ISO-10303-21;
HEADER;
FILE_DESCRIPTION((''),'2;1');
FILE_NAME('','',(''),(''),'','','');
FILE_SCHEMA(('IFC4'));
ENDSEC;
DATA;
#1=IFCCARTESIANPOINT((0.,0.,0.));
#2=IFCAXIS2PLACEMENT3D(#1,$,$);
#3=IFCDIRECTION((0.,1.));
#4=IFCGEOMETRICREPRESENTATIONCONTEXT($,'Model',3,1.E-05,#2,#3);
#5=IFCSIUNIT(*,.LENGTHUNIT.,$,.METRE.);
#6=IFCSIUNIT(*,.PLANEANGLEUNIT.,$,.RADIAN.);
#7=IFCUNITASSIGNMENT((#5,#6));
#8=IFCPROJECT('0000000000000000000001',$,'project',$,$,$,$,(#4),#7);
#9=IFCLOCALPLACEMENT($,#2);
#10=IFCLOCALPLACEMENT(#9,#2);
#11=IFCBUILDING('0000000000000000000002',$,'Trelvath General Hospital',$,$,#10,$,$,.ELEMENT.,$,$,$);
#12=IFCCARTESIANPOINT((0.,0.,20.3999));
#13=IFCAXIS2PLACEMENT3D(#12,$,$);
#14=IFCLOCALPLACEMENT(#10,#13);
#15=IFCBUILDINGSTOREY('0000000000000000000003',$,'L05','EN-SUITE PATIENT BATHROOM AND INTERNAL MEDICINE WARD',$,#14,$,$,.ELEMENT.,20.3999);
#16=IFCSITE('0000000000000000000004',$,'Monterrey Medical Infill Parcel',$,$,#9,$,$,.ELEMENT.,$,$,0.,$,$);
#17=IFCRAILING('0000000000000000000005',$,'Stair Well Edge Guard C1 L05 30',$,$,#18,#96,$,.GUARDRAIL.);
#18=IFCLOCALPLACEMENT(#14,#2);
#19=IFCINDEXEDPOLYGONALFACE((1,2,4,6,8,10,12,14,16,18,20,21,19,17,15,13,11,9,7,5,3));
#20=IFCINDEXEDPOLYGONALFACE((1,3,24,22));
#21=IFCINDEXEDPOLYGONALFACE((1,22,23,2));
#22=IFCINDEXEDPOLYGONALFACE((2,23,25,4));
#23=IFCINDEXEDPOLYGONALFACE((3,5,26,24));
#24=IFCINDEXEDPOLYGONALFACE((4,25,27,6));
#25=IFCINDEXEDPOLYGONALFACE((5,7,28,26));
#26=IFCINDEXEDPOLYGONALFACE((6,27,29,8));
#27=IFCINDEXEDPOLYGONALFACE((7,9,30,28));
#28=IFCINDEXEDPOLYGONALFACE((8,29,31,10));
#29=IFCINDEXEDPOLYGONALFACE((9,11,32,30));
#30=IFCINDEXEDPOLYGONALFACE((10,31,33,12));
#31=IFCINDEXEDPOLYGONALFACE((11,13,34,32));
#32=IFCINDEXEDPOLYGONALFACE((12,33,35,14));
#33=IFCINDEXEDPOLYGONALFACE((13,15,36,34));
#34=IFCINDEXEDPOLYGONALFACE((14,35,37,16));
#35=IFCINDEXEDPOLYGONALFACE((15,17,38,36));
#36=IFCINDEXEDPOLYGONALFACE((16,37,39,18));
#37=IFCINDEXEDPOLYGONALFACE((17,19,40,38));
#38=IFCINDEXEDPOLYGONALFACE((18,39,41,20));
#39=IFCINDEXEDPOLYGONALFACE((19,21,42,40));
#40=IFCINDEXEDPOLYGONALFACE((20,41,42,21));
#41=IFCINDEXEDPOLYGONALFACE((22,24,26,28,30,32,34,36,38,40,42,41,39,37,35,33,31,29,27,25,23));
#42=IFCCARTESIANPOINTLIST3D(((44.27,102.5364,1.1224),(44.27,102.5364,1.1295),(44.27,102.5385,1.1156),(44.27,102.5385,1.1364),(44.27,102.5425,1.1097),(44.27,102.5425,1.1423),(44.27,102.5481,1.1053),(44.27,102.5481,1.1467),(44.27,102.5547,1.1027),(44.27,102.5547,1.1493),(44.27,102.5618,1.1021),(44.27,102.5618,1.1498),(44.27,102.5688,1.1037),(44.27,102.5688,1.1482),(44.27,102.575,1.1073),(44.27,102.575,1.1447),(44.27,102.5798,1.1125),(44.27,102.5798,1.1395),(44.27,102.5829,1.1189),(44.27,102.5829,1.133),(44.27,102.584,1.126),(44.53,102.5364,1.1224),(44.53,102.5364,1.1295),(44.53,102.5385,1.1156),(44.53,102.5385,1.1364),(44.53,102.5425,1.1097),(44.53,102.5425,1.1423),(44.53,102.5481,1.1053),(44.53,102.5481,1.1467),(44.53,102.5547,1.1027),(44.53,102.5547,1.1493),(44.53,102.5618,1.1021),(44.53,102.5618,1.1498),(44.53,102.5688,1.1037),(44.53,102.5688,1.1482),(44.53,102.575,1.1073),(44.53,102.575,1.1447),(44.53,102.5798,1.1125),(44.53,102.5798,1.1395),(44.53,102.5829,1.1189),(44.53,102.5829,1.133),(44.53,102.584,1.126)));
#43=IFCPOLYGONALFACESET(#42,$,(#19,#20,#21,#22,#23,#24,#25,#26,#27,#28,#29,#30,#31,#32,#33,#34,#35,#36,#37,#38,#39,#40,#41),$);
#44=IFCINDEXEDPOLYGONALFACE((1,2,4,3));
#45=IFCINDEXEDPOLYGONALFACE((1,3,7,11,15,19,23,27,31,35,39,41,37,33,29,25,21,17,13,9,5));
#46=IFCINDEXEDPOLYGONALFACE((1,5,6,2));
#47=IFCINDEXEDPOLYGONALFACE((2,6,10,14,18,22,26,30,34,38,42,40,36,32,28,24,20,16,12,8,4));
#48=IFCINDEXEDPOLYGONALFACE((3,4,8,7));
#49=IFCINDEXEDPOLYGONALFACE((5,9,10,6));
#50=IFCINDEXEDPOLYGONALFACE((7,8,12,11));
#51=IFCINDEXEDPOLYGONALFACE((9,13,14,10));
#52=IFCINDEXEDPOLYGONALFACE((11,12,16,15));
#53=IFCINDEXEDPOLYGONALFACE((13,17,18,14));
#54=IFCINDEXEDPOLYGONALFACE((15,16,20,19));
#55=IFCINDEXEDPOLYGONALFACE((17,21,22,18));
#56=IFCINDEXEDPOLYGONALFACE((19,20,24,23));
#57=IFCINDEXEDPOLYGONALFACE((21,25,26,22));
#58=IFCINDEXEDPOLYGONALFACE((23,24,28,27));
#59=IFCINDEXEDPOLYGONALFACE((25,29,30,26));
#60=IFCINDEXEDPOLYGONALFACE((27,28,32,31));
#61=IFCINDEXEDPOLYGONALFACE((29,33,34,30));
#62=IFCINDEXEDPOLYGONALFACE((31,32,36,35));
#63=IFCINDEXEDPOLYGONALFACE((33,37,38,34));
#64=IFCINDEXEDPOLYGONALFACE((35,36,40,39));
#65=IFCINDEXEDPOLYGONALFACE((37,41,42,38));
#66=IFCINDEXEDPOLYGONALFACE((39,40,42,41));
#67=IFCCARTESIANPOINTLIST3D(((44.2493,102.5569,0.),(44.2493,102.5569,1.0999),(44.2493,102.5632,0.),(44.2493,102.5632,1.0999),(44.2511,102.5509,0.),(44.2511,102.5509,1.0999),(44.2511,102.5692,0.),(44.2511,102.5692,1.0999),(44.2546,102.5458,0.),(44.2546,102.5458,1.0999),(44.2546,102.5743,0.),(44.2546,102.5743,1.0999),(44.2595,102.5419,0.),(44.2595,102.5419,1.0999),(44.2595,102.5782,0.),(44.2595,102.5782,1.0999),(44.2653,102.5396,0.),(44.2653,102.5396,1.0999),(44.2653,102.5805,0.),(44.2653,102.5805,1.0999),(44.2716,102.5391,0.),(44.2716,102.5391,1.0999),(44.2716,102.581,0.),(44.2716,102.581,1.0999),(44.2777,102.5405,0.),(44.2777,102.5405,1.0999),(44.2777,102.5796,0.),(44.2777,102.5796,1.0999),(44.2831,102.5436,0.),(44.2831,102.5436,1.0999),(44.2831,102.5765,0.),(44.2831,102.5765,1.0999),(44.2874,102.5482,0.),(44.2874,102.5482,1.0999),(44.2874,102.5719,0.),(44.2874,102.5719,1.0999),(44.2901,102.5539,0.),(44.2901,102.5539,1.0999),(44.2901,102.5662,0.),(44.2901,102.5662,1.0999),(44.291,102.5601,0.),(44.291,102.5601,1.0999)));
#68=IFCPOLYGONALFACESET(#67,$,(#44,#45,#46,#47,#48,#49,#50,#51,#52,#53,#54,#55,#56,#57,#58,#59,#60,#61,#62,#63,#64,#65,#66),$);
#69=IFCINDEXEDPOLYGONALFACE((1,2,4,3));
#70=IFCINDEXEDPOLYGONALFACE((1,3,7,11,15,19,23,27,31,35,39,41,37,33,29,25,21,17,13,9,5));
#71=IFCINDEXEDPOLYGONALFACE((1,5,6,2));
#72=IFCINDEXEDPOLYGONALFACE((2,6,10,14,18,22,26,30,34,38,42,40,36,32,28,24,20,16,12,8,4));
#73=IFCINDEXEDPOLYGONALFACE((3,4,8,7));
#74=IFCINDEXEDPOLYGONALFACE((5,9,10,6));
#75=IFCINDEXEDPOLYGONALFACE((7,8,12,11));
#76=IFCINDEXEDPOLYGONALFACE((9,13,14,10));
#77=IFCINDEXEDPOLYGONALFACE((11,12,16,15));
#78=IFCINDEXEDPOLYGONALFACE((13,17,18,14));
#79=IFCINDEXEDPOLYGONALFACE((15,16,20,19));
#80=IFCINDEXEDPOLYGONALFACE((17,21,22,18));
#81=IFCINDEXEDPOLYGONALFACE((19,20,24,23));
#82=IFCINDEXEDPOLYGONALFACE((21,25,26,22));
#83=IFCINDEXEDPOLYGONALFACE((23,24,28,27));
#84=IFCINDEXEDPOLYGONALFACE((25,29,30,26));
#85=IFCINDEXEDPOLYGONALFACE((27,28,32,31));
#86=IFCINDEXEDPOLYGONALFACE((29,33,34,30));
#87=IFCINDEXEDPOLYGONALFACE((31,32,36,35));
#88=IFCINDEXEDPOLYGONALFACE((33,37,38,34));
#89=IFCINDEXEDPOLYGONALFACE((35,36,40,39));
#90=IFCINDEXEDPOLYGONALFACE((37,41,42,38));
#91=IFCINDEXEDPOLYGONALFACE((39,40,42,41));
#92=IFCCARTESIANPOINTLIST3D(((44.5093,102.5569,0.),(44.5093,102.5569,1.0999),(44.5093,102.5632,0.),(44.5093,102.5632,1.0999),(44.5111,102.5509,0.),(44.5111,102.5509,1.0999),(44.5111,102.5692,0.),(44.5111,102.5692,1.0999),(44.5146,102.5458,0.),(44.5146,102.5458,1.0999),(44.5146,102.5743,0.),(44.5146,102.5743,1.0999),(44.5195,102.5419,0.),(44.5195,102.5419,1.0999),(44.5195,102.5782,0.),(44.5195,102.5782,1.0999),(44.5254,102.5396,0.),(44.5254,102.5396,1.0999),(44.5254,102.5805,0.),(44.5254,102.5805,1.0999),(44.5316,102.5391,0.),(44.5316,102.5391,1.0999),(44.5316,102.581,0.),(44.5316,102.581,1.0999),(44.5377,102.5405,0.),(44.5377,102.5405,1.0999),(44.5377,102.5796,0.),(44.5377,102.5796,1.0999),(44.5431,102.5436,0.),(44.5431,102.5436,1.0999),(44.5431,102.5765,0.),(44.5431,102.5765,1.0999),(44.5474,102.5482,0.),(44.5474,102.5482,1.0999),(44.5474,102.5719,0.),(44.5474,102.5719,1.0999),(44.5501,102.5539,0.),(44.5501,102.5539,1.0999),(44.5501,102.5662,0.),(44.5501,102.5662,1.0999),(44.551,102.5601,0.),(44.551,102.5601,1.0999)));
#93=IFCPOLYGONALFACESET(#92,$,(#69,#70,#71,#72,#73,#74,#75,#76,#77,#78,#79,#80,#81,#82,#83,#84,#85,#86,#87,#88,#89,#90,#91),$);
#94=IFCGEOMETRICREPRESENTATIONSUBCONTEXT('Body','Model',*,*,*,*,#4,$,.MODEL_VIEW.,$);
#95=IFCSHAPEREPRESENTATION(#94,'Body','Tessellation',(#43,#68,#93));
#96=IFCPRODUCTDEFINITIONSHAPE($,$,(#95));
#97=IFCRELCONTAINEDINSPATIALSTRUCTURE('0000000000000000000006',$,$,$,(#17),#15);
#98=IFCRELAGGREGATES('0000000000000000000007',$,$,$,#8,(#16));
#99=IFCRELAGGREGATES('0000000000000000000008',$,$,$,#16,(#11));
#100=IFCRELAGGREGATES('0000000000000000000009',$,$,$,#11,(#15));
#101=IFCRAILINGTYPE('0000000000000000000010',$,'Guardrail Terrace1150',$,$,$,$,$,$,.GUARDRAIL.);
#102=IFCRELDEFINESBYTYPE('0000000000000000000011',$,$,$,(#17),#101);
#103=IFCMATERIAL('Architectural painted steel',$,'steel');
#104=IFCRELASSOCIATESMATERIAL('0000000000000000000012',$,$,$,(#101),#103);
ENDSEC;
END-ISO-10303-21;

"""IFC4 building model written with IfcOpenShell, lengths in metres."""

from ifc_helpers import new_model, si_unit, direction, frame, origin, origin_2d, place, context, subcontext, project, spatial, circle, extrude, material, type_object, element, save


model = new_model("IFC4")

# Units and contexts
model_context = context("Model", 3, precision=1e-05, world=origin(), true_north=direction((0.0, 1.0)))
body_context = subcontext(model_context, "Body", "Model", "MODEL_VIEW")
ifc_project = project(units=[si_unit("LENGTHUNIT", "METRE"), si_unit("PLANEANGLEUNIT", "RADIAN")], contexts=[model_context])

# Site, building, storey
site_placement = place(None, origin())
site = spatial("IfcSite", under=ifc_project, at=site_placement, Name="Monterrey Medical Infill Parcel", CompositionType="ELEMENT", RefElevation=0.0)
building_placement = place(site_placement, origin())
building = spatial("IfcBuilding", under=site, at=building_placement, Name="Trelvath General Hospital", CompositionType="ELEMENT")
storey_placement = place(building_placement, frame((0.0, 0.0, 20.3999)))
storey = spatial("IfcBuildingStorey", under=building, at=storey_placement, Name="L05", Description="EN-SUITE PATIENT BATHROOM AND INTERNAL MEDICINE WARD", CompositionType="ELEMENT", Elevation=20.3999)

# Railing
ifc_material_1 = material(Name="Architectural painted steel", Category="steel")
railing_type = type_object("IfcRailingType", Name="Guardrail Terrace1150", PredefinedType="GUARDRAIL", material=ifc_material_1)
railing_1_placement = place(storey_placement, frame((44.27, 102.5601, 0.0)))
element("IfcRailing", 1, at=railing_1_placement, inside=storey, type_object=railing_type, Name="Stair Well Edge Guard C1 L05 30", PredefinedType="GUARDRAIL", context=body_context, shape_type="SweptSolid", body=[
    extrude(circle(Radius=0.0239, at=origin_2d()), frame((0.0, 0.0, 1.126), z_axis=(1.0, 0.0, 0.0), x_axis=(0.0, 1.0, 0.0)), (0.0, 0.0, 1.0), 0.26),
    extrude(circle(Radius=0.021, at=origin_2d()), origin(), (0.0, 0.0, 1.0), 1.0999),
    extrude(circle(Radius=0.021, at=origin_2d()), frame((0.26, 0.0, 0.0)), (0.0, 0.0, 1.0), 1.0999),
])

save(model, "model.ifc")
